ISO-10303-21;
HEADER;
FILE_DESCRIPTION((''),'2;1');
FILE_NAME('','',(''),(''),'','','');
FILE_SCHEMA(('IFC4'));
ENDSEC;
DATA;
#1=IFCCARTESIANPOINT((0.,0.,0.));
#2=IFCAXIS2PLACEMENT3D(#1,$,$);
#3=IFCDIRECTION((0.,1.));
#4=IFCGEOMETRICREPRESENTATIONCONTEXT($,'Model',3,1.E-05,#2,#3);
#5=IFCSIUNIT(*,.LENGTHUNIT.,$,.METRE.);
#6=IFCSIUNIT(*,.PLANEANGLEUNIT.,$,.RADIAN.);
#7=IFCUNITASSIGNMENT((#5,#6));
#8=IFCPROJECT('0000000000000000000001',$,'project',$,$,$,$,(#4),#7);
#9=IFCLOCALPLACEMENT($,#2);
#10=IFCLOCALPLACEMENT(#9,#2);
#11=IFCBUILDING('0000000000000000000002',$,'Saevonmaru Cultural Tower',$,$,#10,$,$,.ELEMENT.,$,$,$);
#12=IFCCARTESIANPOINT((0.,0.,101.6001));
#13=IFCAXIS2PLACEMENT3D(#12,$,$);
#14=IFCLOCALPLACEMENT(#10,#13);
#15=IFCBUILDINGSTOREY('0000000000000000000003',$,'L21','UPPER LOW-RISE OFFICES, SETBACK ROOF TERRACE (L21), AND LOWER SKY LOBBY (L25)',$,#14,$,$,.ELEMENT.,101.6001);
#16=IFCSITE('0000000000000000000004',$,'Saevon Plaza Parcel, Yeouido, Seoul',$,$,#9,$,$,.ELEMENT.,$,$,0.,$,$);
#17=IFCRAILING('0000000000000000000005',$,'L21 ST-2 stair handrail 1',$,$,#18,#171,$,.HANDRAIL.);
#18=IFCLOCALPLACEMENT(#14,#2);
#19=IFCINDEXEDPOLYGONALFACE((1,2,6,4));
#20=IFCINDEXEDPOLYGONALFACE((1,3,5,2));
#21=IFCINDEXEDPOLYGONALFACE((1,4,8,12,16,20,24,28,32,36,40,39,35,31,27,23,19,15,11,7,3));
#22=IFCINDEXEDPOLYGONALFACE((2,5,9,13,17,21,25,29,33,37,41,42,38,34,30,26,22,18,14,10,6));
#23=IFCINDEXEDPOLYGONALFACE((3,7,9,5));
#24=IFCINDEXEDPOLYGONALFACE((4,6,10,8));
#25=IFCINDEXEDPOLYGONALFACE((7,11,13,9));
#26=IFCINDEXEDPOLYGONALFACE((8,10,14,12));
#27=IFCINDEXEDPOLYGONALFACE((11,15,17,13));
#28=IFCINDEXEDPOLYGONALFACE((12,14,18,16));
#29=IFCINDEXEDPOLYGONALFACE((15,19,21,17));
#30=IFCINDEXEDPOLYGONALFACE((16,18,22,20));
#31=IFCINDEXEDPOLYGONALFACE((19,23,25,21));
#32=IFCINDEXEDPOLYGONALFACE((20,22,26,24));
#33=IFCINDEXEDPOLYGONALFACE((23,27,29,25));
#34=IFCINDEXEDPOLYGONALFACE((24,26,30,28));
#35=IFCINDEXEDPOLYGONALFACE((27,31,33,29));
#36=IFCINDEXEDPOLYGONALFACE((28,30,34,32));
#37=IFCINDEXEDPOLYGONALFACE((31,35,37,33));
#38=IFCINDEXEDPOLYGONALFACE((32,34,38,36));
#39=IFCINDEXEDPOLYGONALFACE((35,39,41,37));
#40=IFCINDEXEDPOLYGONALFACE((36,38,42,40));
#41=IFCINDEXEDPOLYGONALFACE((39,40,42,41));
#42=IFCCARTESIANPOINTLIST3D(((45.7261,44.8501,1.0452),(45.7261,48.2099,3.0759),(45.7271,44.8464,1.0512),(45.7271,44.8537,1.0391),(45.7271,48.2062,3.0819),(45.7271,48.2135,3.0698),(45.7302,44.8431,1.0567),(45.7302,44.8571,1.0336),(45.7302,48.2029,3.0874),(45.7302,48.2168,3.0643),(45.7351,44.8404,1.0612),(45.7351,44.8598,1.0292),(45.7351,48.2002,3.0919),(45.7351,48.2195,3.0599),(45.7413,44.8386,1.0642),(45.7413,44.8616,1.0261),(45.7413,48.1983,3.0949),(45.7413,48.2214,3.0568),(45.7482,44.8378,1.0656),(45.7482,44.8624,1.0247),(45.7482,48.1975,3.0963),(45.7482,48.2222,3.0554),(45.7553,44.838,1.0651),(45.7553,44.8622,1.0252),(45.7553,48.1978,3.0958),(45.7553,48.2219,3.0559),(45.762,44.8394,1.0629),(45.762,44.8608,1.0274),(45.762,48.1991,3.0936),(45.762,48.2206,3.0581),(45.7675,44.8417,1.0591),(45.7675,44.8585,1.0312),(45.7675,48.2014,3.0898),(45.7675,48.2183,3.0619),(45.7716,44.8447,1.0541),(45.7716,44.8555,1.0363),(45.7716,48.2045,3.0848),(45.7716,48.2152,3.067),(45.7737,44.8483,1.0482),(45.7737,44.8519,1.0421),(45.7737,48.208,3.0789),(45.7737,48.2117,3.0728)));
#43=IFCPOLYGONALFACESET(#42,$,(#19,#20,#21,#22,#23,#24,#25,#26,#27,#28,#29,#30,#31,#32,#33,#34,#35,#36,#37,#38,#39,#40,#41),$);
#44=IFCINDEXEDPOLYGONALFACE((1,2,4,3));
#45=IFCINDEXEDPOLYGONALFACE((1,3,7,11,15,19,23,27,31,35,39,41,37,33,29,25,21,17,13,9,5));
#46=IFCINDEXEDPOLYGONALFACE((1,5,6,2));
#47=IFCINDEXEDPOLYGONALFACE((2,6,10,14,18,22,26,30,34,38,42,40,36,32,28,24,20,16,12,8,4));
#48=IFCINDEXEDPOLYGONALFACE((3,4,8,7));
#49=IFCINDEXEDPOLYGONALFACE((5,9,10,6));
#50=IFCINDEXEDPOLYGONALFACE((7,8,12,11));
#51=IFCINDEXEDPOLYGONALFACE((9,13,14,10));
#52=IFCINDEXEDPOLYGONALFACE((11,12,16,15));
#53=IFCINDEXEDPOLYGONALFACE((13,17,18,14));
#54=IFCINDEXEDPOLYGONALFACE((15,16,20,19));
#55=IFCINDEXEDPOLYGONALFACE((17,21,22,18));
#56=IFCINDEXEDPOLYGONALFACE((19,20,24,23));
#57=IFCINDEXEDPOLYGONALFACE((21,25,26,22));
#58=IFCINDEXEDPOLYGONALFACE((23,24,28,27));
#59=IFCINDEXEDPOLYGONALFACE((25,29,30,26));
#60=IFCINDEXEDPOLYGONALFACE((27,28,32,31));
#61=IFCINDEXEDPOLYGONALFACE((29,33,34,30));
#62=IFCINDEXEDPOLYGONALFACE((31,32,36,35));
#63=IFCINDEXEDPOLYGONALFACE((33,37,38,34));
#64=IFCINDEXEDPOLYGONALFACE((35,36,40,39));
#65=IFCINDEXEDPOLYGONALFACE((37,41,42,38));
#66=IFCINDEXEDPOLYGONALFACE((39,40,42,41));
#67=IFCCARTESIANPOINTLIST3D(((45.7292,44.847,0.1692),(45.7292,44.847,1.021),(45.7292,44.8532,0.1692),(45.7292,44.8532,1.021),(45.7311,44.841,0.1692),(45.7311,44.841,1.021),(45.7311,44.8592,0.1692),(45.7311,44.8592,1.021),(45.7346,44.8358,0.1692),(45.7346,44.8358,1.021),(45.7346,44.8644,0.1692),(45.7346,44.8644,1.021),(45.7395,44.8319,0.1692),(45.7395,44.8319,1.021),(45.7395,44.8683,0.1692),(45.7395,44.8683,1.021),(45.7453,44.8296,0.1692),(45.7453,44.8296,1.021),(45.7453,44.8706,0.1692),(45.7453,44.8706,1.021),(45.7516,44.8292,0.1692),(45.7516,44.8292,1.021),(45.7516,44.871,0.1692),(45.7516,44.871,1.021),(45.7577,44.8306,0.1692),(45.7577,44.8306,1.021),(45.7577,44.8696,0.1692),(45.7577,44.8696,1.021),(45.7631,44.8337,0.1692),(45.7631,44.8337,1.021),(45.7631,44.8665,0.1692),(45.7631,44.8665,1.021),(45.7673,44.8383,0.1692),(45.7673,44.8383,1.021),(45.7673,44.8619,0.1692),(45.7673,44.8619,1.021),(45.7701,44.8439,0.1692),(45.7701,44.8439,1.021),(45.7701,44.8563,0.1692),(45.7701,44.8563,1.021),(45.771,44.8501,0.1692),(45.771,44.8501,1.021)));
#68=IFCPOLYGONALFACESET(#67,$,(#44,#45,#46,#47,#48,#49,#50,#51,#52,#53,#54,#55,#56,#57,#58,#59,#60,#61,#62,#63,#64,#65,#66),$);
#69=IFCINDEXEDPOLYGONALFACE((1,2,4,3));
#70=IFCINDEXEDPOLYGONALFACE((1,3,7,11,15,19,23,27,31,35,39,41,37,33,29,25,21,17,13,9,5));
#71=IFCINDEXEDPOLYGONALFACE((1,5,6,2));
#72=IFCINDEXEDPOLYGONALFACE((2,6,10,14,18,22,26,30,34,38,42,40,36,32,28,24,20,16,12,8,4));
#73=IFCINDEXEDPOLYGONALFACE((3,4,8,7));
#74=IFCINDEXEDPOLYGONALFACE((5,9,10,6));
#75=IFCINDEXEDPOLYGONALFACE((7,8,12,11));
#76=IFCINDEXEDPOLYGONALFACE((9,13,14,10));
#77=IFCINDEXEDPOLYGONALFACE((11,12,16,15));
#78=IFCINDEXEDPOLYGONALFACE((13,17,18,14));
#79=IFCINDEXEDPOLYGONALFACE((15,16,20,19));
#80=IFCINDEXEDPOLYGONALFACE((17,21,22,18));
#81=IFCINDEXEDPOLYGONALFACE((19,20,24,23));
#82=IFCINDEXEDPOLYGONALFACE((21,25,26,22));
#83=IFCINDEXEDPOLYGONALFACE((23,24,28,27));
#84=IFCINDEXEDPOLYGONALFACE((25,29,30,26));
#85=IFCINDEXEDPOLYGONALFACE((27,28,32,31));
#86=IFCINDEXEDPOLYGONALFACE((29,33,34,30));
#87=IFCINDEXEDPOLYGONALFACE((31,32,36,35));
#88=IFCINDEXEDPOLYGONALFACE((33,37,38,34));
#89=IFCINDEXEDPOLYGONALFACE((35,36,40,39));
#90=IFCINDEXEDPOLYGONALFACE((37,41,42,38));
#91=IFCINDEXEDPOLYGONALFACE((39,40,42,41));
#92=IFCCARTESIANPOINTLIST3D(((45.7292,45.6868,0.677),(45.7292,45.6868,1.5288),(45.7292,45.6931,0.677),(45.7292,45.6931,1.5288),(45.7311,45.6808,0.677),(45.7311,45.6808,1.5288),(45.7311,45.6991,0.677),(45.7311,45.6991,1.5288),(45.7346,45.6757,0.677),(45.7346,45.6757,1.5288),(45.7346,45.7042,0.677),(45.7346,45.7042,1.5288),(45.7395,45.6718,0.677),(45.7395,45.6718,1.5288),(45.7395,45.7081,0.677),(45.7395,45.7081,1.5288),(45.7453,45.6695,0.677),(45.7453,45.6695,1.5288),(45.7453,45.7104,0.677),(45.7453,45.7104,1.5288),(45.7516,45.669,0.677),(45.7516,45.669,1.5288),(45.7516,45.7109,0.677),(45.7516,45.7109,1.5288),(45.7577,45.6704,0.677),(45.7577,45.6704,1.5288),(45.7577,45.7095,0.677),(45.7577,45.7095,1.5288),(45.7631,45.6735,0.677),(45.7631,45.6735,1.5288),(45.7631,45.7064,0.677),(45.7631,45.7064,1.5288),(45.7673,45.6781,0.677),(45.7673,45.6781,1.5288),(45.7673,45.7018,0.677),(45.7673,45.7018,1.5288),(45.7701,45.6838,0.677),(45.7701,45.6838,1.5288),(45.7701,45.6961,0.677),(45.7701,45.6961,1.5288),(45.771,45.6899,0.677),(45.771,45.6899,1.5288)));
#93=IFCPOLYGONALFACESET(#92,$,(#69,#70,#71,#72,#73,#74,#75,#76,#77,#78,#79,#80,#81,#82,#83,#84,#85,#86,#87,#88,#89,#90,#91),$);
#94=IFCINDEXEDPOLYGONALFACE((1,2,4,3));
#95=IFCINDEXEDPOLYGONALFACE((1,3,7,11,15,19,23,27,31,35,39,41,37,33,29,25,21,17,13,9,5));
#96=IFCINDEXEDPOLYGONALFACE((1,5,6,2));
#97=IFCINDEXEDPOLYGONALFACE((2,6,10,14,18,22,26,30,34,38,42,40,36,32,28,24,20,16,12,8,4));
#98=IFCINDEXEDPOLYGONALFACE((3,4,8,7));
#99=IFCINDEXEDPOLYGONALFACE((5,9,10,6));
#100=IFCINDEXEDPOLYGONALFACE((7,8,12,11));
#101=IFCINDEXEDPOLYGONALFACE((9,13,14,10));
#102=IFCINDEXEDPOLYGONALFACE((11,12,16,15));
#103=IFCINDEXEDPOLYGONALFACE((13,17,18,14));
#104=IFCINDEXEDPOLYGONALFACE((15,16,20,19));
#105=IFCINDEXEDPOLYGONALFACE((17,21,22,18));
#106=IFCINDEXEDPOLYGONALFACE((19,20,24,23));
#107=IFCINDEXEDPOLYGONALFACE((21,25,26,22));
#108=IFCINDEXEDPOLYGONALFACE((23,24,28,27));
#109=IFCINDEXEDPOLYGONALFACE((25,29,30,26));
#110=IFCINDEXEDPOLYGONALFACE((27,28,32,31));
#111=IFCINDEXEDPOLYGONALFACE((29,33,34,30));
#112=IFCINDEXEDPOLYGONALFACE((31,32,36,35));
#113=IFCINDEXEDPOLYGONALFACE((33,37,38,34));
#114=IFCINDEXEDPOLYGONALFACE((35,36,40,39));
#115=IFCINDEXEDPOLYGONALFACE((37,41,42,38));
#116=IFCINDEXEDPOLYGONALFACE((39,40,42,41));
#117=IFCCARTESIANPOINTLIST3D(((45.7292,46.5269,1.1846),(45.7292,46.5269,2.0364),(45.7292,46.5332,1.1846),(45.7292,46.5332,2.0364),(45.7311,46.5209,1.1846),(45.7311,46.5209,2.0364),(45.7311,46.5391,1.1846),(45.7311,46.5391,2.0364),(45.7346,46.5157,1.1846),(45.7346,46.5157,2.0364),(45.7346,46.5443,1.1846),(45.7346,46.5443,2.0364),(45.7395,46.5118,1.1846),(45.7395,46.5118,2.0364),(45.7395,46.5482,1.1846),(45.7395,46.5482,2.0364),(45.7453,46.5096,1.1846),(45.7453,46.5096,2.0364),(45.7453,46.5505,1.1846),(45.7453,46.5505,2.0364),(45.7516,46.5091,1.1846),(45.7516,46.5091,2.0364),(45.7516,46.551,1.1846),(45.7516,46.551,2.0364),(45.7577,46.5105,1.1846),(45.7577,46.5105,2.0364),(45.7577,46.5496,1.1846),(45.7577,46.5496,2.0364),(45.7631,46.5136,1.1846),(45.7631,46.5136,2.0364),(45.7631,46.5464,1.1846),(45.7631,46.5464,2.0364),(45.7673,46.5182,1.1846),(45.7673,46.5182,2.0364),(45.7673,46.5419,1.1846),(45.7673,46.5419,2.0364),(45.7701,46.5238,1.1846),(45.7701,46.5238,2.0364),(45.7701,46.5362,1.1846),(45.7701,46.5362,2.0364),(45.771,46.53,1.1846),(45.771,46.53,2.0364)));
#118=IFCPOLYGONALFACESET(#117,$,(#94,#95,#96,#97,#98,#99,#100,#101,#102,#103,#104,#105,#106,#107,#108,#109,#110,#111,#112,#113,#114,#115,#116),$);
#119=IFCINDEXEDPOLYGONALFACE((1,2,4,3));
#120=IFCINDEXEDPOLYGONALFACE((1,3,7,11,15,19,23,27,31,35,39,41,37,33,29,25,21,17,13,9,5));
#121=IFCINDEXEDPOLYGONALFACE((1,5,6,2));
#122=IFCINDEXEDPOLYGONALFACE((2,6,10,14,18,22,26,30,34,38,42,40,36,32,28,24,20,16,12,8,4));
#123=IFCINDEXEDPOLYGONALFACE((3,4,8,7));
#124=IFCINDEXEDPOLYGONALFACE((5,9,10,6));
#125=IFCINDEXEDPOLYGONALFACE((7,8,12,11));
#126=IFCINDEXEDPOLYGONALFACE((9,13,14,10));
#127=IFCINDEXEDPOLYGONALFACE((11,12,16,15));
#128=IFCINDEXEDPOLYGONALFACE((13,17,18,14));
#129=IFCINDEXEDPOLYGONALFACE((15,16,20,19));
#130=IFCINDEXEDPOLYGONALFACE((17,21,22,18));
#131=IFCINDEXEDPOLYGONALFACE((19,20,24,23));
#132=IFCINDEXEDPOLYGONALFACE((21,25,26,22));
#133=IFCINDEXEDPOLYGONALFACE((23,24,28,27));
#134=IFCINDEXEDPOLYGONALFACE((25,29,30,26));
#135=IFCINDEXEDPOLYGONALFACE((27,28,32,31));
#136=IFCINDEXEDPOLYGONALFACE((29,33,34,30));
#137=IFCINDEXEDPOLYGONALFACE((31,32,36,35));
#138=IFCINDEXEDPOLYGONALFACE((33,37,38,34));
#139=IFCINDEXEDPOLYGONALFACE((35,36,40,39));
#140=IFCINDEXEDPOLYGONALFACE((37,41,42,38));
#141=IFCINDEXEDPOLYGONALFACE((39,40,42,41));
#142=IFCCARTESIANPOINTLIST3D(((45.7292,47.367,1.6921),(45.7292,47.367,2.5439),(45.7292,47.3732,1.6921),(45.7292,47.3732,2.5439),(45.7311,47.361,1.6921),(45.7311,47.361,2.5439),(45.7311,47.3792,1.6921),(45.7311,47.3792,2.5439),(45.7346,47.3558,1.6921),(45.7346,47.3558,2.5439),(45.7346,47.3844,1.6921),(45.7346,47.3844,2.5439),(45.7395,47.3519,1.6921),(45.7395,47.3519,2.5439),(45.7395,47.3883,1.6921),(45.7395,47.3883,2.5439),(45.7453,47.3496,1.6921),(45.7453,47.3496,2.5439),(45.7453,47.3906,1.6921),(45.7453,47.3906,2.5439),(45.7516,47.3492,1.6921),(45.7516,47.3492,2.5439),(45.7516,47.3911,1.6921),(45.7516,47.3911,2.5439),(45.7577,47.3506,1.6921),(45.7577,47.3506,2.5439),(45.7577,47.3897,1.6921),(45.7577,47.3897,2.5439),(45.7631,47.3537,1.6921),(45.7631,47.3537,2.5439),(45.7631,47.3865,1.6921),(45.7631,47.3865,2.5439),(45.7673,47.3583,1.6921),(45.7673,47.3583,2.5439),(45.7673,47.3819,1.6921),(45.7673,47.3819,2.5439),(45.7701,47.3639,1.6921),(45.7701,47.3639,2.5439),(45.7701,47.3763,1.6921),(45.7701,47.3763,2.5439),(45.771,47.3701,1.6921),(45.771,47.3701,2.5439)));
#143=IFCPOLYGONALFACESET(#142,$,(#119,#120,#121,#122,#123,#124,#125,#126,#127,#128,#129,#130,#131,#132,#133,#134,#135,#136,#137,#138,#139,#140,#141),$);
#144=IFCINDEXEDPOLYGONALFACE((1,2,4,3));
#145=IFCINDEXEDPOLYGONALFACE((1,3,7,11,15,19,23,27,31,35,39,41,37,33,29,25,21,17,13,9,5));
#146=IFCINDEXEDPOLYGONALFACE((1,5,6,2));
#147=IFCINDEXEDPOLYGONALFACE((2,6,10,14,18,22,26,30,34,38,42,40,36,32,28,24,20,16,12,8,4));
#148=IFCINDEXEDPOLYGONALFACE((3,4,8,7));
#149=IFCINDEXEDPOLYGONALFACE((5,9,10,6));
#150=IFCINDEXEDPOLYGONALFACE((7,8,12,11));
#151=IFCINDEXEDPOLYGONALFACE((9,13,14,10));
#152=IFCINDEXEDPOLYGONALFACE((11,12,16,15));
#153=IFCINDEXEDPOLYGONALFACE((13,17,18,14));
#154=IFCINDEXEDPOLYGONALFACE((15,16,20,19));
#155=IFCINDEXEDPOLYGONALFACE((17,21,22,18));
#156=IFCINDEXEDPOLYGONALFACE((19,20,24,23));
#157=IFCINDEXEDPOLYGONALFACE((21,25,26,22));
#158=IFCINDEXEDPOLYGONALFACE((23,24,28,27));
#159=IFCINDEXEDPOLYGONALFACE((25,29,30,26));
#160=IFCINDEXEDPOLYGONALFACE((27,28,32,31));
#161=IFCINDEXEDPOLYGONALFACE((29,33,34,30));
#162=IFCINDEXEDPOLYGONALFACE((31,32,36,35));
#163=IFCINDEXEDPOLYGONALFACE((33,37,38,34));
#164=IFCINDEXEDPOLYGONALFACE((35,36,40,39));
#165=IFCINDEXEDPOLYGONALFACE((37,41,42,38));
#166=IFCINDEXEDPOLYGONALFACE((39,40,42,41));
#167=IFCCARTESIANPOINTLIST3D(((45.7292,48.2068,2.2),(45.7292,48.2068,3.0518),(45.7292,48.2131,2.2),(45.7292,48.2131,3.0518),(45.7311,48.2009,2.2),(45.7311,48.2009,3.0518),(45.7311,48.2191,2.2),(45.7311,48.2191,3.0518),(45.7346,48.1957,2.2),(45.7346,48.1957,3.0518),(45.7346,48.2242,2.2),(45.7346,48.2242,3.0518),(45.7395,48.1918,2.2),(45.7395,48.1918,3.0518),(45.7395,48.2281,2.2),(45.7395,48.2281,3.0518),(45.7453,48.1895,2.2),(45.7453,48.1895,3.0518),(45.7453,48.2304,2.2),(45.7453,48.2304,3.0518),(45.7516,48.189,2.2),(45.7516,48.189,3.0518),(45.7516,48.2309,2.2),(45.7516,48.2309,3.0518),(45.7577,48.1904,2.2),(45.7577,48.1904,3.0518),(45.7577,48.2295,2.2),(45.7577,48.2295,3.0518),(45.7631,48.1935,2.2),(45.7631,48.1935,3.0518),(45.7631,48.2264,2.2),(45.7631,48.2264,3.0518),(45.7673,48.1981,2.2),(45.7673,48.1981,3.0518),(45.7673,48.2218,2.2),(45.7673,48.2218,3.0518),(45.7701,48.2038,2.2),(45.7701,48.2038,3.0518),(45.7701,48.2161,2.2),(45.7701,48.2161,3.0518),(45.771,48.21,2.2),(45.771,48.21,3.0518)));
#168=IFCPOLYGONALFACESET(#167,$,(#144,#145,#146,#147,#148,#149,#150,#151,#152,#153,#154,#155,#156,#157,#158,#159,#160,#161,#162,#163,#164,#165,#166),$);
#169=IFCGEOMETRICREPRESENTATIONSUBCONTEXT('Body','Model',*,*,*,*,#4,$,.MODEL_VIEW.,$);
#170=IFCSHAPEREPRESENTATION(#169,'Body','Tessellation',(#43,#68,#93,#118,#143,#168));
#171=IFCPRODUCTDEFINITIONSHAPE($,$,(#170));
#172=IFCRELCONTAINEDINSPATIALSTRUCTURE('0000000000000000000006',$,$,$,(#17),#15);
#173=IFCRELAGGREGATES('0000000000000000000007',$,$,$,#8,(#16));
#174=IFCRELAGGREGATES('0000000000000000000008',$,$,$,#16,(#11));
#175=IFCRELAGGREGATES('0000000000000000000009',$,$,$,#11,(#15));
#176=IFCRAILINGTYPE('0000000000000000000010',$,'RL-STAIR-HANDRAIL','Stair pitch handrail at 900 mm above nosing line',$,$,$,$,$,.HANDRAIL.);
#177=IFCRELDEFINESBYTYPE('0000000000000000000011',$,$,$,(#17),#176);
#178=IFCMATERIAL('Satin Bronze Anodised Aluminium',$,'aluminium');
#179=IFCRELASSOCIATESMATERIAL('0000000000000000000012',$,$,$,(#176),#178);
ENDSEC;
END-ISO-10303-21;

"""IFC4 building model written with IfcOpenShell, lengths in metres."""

from ifc_helpers import new_model, si_unit, direction, frame, origin, origin_2d, place, context, subcontext, project, spatial, circle, extrude, material, type_object, element, save


model = new_model("IFC4")

# Units and contexts
model_context = context("Model", 3, precision=1e-05, world=origin(), true_north=direction((0.0, 1.0)))
body_context = subcontext(model_context, "Body", "Model", "MODEL_VIEW")
ifc_project = project(units=[si_unit("LENGTHUNIT", "METRE"), si_unit("PLANEANGLEUNIT", "RADIAN")], contexts=[model_context])

# Site, building, storey
site_placement = place(None, origin())
site = spatial("IfcSite", under=ifc_project, at=site_placement, Name="Saevon Plaza Parcel, Yeouido, Seoul", CompositionType="ELEMENT", RefElevation=0.0)
building_placement = place(site_placement, origin())
building = spatial("IfcBuilding", under=site, at=building_placement, Name="Saevonmaru Cultural Tower", CompositionType="ELEMENT")
storey_placement = place(building_placement, frame((0.0, 0.0, 101.6001)))
storey = spatial("IfcBuildingStorey", under=building, at=storey_placement, Name="L21", Description="UPPER LOW-RISE OFFICES, SETBACK ROOF TERRACE (L21), AND LOWER SKY LOBBY (L25)", CompositionType="ELEMENT", Elevation=101.6001)

# Shared definitions
ifc_material_1 = material(Name="Satin Bronze Anodised Aluminium", Category="aluminium")

# Railing
railing_type_1 = type_object("IfcRailingType", Name="RL-STAIR-HANDRAIL", Description="Stair pitch handrail at 900 mm above nosing line", PredefinedType="HANDRAIL", material=ifc_material_1)
railing_1_placement = place(storey_placement, frame((45.75, 44.8501, 0.1692)))
element("IfcRailing", 1, at=railing_1_placement, inside=storey, type_object=railing_type_1, Name="L21 ST-2 stair handrail 1", PredefinedType="HANDRAIL", context=body_context, shape_type="SweptSolid", body=[
    extrude(circle(Radius=0.0239, at=origin_2d()), frame((0.0, 0.0, 0.876), z_axis=(0.0, 0.85582, 0.517273), x_axis=(-1.0, 0.0, 0.0)), (0.0, 0.0, 1.0), 3.9258),
    extrude(circle(Radius=0.021, at=origin_2d()), origin(), (0.0, 0.0, 1.0), 0.8518),
    extrude(circle(Radius=0.021, at=origin_2d()), frame((0.0, 0.8398, 0.5078)), (0.0, 0.0, 1.0), 0.8518),
    extrude(circle(Radius=0.021, at=origin_2d()), frame((0.0, 1.6799, 1.0154)), (0.0, 0.0, 1.0), 0.8518),
    extrude(circle(Radius=0.021, at=origin_2d()), frame((0.0, 2.52, 1.5229)), (0.0, 0.0, 1.0), 0.8518),
    extrude(circle(Radius=0.021, at=origin_2d()), frame((0.0, 3.3599, 2.0308)), (0.0, 0.0, 1.0), 0.8518),
])

save(model, "model.ifc")
